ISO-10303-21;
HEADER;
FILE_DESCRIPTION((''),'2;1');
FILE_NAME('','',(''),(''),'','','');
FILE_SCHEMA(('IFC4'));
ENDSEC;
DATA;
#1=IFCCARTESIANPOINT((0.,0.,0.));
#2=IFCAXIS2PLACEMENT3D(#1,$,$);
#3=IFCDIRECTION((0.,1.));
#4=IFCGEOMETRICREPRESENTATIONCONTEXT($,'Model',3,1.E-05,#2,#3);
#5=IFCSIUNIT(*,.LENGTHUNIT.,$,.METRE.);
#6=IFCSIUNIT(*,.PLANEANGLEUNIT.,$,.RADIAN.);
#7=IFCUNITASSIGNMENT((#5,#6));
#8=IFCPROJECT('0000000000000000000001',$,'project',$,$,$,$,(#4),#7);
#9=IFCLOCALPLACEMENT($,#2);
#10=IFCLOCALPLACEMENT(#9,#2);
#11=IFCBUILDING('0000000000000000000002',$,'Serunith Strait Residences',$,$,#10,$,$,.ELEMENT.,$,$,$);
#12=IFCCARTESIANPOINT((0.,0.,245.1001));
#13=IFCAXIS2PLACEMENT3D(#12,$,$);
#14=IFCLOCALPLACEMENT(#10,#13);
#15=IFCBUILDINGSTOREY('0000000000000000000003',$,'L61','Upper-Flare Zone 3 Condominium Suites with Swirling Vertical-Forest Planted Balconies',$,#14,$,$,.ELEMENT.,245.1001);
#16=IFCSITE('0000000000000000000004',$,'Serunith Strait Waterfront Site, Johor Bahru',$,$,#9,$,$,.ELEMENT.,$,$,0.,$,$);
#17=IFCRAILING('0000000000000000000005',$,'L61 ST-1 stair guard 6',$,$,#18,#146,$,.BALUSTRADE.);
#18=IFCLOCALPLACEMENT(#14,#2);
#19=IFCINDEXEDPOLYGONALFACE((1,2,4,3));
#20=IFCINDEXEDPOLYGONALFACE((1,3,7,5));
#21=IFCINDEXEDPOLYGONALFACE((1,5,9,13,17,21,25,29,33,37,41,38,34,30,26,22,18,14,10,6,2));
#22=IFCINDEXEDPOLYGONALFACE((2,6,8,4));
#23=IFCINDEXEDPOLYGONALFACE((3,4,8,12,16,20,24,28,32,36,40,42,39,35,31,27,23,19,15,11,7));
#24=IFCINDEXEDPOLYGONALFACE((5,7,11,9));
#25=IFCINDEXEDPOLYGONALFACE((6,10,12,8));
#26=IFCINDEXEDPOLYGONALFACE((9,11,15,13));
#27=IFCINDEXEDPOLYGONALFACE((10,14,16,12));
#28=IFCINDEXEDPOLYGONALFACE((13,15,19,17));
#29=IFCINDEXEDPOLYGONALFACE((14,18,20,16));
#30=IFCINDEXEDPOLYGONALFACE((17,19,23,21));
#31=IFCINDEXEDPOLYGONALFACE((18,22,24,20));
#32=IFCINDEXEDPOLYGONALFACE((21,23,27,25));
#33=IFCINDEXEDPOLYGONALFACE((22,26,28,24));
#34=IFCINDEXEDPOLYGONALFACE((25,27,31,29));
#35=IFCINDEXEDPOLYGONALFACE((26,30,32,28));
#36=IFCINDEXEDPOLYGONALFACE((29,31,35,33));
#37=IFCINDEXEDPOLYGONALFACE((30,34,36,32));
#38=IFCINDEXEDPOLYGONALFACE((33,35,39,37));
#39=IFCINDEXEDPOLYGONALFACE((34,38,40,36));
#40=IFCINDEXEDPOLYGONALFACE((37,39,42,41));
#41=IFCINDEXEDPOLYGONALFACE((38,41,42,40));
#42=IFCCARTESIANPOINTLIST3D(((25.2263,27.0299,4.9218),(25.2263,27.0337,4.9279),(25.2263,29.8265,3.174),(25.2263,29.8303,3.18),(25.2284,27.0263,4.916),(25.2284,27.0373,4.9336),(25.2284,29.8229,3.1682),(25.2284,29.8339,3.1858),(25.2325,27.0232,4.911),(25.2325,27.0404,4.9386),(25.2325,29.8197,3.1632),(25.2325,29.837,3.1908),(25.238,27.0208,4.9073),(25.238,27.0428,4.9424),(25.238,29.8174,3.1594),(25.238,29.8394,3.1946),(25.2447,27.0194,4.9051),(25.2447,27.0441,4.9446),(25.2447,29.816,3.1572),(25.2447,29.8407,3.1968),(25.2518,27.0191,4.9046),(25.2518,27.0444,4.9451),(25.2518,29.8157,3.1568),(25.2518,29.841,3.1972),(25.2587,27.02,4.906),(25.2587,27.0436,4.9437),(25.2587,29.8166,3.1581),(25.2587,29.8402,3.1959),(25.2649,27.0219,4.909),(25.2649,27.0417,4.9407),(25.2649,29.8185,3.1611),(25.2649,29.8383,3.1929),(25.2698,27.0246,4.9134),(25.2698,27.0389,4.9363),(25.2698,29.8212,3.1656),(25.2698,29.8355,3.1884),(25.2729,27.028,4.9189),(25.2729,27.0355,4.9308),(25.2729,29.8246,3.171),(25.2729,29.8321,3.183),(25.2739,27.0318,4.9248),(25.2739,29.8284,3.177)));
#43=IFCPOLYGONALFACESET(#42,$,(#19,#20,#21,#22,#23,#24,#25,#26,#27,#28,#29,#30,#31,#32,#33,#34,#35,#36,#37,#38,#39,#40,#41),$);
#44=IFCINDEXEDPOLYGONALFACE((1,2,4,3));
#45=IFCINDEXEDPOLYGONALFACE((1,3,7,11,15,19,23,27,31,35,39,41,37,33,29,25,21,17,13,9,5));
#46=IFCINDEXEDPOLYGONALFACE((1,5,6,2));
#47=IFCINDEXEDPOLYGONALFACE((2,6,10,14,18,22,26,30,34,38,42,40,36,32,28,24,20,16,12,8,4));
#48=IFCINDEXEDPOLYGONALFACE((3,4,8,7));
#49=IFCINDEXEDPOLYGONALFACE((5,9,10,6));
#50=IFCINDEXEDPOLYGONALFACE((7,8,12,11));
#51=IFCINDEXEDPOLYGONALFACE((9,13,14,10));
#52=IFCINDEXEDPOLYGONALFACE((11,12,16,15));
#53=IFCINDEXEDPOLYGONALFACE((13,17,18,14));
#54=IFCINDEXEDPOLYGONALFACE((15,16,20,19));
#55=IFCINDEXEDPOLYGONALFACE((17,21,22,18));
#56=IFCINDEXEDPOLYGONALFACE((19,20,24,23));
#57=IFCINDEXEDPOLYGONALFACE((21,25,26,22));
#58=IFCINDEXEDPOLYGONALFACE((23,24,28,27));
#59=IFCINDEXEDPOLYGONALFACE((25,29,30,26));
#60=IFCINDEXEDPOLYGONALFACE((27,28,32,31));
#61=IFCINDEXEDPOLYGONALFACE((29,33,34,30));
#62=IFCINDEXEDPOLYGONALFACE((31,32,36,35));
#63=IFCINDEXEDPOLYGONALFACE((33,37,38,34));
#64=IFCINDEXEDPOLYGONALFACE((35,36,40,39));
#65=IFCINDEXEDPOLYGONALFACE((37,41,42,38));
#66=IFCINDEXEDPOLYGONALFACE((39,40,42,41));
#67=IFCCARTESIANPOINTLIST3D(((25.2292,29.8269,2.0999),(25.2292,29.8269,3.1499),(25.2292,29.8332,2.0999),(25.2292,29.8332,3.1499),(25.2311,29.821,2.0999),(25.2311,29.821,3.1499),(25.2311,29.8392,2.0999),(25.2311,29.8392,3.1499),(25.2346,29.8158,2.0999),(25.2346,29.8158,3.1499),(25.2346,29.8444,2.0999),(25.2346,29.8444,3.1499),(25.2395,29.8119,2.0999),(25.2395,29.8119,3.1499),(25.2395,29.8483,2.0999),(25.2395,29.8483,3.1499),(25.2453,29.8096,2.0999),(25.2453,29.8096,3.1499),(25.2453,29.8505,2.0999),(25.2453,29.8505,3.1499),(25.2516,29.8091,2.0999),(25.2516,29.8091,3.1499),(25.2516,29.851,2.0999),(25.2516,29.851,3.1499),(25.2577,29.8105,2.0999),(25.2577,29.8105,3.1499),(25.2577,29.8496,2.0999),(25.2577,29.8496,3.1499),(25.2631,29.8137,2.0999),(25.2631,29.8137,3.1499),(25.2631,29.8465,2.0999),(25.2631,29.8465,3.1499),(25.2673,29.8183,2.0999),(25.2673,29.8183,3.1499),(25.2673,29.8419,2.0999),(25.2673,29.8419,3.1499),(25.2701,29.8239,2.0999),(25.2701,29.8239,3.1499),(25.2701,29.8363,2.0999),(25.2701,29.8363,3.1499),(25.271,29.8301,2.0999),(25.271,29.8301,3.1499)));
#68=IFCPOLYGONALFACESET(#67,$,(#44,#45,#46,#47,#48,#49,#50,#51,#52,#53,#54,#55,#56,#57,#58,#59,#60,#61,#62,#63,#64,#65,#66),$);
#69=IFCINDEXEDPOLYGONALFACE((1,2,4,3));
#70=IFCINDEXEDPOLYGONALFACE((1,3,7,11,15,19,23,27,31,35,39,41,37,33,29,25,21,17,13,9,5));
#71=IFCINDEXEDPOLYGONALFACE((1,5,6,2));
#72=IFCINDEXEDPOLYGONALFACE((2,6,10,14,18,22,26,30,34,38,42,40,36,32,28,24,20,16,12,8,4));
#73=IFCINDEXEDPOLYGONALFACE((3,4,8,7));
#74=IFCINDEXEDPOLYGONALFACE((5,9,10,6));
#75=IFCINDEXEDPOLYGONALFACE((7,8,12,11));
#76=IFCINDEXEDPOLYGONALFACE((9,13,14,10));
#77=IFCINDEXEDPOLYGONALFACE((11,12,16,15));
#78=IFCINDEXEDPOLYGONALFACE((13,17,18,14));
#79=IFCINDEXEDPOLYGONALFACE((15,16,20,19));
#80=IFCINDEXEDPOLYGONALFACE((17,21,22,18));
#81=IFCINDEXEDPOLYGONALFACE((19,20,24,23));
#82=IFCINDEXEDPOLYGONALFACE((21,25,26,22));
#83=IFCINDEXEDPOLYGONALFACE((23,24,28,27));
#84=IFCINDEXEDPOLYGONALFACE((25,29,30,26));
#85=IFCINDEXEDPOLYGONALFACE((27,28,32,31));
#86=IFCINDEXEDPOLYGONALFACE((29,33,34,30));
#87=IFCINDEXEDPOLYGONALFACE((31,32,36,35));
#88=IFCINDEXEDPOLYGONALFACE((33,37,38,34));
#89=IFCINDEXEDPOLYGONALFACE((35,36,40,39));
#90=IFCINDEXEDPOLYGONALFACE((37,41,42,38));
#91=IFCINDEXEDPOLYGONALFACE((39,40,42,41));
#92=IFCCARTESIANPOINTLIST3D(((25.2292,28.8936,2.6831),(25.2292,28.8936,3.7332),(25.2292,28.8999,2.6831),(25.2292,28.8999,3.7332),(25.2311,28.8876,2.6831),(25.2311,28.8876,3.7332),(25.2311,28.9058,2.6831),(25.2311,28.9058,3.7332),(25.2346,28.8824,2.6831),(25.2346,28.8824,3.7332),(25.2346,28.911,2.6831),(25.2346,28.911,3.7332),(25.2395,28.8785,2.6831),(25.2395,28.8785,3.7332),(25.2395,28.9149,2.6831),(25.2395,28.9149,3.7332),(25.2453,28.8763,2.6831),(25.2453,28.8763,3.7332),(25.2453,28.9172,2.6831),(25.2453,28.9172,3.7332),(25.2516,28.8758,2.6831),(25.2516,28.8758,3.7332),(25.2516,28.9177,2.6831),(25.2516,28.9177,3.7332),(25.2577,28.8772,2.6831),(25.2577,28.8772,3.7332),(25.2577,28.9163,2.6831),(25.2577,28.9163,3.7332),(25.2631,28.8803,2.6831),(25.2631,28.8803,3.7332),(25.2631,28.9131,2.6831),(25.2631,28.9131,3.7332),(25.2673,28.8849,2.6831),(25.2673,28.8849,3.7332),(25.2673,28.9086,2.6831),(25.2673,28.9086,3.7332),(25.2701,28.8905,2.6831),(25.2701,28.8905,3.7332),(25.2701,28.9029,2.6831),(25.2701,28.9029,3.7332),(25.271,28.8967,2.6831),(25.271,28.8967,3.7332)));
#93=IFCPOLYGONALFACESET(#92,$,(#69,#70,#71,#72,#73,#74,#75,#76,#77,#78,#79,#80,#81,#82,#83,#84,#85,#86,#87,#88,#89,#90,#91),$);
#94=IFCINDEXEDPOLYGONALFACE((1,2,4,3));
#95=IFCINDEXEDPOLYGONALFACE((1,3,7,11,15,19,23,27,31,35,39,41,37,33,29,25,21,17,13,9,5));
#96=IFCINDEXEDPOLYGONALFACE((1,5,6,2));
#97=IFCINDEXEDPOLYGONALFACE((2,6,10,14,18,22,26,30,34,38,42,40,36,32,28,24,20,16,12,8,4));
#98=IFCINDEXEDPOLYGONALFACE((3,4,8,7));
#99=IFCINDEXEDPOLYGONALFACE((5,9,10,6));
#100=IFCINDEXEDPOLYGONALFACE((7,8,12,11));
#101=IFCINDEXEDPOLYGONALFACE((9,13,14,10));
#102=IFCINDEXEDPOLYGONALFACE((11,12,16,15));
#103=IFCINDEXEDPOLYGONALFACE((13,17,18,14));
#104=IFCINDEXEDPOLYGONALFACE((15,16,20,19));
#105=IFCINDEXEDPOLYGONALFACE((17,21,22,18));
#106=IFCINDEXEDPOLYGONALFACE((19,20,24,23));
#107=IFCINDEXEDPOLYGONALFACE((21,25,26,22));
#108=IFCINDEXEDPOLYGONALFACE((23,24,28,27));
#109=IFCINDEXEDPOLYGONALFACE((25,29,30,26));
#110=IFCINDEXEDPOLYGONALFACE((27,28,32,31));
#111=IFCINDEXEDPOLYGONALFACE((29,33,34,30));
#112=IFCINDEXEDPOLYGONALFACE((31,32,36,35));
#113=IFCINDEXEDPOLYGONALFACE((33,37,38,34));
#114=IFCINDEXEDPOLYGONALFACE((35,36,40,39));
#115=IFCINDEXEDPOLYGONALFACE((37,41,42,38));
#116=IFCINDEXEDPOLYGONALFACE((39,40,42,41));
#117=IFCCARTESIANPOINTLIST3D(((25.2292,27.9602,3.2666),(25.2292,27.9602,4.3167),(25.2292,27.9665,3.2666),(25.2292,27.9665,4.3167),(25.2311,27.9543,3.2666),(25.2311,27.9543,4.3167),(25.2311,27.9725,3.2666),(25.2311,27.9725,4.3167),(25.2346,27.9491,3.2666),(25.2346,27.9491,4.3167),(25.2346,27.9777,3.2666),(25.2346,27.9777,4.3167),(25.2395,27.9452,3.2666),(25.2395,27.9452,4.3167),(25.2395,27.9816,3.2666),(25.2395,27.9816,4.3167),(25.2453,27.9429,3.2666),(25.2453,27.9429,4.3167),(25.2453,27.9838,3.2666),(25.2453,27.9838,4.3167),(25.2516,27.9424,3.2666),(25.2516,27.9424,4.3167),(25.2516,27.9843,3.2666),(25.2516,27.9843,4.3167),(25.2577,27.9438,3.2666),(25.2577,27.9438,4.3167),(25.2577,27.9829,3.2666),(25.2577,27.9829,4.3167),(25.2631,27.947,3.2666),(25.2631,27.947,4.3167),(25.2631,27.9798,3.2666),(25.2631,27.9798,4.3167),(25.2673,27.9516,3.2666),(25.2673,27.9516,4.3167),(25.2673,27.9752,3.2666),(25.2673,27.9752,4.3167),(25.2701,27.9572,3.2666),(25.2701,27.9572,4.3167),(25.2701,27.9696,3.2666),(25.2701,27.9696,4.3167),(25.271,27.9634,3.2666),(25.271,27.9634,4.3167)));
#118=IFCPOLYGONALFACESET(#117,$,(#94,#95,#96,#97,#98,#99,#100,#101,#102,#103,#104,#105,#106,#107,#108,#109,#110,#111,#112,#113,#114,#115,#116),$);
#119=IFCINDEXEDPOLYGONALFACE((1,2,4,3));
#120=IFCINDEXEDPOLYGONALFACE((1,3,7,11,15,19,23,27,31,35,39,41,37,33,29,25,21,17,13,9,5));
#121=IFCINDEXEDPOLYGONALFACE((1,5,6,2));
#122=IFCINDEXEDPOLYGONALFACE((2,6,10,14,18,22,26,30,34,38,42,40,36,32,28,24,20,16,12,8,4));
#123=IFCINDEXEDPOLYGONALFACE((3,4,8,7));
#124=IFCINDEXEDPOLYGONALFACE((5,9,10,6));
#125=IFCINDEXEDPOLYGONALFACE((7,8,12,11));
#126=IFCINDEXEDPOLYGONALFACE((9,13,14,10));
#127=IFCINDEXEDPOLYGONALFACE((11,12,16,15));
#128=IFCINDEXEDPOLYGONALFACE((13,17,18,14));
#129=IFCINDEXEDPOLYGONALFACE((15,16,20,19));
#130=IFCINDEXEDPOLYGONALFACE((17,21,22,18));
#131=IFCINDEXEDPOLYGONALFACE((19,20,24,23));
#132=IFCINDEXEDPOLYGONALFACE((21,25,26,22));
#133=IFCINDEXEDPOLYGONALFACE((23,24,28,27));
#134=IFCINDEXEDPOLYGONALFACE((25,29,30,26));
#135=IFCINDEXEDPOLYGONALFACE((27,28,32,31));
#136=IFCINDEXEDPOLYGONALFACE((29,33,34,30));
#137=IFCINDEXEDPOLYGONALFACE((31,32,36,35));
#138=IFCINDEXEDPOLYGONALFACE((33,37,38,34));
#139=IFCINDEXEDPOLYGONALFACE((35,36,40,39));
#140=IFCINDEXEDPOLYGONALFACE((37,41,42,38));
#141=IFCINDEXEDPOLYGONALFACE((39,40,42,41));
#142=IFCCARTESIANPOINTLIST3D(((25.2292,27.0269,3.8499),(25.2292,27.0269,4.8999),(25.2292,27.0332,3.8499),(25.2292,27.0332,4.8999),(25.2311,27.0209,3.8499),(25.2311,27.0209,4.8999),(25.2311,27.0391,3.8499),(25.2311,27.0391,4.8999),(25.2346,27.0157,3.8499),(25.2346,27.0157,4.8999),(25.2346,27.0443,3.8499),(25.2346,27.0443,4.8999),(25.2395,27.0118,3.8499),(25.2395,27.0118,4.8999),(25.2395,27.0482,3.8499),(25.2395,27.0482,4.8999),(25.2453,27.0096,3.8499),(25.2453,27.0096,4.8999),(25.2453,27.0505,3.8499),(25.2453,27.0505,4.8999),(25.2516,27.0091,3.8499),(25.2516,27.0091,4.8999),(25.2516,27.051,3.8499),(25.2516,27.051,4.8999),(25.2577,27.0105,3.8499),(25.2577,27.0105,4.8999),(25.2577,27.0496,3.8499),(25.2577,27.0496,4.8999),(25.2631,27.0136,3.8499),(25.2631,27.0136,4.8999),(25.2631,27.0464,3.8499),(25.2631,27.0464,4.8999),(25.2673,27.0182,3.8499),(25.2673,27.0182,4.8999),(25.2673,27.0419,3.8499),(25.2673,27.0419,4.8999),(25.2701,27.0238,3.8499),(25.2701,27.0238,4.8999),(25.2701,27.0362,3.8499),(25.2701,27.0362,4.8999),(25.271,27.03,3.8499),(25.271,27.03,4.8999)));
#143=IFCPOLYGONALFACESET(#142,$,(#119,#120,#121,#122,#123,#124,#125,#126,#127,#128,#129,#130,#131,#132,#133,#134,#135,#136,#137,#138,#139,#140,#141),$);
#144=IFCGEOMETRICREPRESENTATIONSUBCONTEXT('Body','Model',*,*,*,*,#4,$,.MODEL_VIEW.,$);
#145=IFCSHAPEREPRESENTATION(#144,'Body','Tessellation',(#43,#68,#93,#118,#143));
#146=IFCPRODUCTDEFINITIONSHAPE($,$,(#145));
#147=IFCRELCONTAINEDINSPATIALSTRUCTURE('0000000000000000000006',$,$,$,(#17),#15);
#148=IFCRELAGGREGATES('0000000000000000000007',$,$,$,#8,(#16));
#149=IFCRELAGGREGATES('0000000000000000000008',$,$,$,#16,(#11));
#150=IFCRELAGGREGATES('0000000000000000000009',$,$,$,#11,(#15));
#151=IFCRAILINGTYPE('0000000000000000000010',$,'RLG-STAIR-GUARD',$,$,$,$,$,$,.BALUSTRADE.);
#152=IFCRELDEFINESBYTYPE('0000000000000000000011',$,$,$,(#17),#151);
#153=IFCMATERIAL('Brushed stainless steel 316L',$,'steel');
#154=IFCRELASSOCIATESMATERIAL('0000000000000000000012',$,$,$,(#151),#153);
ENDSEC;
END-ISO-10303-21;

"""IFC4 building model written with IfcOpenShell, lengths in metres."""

from ifc_helpers import new_model, si_unit, direction, frame, origin, origin_2d, place, context, subcontext, project, spatial, circle, extrude, material, type_object, element, save


model = new_model("IFC4")

# Units and contexts
model_context = context("Model", 3, precision=1e-05, world=origin(), true_north=direction((0.0, 1.0)))
body_context = subcontext(model_context, "Body", "Model", "MODEL_VIEW")
ifc_project = project(units=[si_unit("LENGTHUNIT", "METRE"), si_unit("PLANEANGLEUNIT", "RADIAN")], contexts=[model_context])

# Site, building, storey
site_placement = place(None, origin())
site = spatial("IfcSite", under=ifc_project, at=site_placement, Name="Serunith Strait Waterfront Site, Johor Bahru", CompositionType="ELEMENT", RefElevation=0.0)
building_placement = place(site_placement, origin())
building = spatial("IfcBuilding", under=site, at=building_placement, Name="Serunith Strait Residences", CompositionType="ELEMENT")
storey_placement = place(building_placement, frame((0.0, 0.0, 245.1001)))
storey = spatial("IfcBuildingStorey", under=building, at=storey_placement, Name="L61", Description="Upper-Flare Zone 3 Condominium Suites with Swirling Vertical-Forest Planted Balconies", CompositionType="ELEMENT", Elevation=245.1001)

# Railing
ifc_material_1 = material(Name="Brushed stainless steel 316L", Category="steel")
railing_type_1 = type_object("IfcRailingType", Name="RLG-STAIR-GUARD", PredefinedType="BALUSTRADE", material=ifc_material_1)
railing_1_placement = place(storey_placement, frame((25.25, 29.8301, 2.0999)))
element("IfcRailing", 1, at=railing_1_placement, inside=storey, type_object=railing_type_1, Name="L61 ST-1 stair guard 6", PredefinedType="BALUSTRADE", context=body_context, shape_type="SweptSolid", body=[
    extrude(circle(Radius=0.0239, at=origin_2d()), frame((0.0, -0.0017, 1.0771), z_axis=(0.0, -0.848002, 0.529992), x_axis=(1.0, 0.0, 0.0)), (0.0, 0.0, 1.0), 3.2979),
    extrude(circle(Radius=0.021, at=origin_2d()), origin(), (0.0, 0.0, 1.0), 1.05),
    extrude(circle(Radius=0.021, at=origin_2d()), frame((0.0, -0.9333, 0.5833)), (0.0, 0.0, 1.0), 1.05),
    extrude(circle(Radius=0.021, at=origin_2d()), frame((0.0, -1.8667, 1.1667)), (0.0, 0.0, 1.0), 1.05),
    extrude(circle(Radius=0.021, at=origin_2d()), frame((0.0, -2.8, 1.75)), (0.0, 0.0, 1.0), 1.05),
])

save(model, "model.ifc")
